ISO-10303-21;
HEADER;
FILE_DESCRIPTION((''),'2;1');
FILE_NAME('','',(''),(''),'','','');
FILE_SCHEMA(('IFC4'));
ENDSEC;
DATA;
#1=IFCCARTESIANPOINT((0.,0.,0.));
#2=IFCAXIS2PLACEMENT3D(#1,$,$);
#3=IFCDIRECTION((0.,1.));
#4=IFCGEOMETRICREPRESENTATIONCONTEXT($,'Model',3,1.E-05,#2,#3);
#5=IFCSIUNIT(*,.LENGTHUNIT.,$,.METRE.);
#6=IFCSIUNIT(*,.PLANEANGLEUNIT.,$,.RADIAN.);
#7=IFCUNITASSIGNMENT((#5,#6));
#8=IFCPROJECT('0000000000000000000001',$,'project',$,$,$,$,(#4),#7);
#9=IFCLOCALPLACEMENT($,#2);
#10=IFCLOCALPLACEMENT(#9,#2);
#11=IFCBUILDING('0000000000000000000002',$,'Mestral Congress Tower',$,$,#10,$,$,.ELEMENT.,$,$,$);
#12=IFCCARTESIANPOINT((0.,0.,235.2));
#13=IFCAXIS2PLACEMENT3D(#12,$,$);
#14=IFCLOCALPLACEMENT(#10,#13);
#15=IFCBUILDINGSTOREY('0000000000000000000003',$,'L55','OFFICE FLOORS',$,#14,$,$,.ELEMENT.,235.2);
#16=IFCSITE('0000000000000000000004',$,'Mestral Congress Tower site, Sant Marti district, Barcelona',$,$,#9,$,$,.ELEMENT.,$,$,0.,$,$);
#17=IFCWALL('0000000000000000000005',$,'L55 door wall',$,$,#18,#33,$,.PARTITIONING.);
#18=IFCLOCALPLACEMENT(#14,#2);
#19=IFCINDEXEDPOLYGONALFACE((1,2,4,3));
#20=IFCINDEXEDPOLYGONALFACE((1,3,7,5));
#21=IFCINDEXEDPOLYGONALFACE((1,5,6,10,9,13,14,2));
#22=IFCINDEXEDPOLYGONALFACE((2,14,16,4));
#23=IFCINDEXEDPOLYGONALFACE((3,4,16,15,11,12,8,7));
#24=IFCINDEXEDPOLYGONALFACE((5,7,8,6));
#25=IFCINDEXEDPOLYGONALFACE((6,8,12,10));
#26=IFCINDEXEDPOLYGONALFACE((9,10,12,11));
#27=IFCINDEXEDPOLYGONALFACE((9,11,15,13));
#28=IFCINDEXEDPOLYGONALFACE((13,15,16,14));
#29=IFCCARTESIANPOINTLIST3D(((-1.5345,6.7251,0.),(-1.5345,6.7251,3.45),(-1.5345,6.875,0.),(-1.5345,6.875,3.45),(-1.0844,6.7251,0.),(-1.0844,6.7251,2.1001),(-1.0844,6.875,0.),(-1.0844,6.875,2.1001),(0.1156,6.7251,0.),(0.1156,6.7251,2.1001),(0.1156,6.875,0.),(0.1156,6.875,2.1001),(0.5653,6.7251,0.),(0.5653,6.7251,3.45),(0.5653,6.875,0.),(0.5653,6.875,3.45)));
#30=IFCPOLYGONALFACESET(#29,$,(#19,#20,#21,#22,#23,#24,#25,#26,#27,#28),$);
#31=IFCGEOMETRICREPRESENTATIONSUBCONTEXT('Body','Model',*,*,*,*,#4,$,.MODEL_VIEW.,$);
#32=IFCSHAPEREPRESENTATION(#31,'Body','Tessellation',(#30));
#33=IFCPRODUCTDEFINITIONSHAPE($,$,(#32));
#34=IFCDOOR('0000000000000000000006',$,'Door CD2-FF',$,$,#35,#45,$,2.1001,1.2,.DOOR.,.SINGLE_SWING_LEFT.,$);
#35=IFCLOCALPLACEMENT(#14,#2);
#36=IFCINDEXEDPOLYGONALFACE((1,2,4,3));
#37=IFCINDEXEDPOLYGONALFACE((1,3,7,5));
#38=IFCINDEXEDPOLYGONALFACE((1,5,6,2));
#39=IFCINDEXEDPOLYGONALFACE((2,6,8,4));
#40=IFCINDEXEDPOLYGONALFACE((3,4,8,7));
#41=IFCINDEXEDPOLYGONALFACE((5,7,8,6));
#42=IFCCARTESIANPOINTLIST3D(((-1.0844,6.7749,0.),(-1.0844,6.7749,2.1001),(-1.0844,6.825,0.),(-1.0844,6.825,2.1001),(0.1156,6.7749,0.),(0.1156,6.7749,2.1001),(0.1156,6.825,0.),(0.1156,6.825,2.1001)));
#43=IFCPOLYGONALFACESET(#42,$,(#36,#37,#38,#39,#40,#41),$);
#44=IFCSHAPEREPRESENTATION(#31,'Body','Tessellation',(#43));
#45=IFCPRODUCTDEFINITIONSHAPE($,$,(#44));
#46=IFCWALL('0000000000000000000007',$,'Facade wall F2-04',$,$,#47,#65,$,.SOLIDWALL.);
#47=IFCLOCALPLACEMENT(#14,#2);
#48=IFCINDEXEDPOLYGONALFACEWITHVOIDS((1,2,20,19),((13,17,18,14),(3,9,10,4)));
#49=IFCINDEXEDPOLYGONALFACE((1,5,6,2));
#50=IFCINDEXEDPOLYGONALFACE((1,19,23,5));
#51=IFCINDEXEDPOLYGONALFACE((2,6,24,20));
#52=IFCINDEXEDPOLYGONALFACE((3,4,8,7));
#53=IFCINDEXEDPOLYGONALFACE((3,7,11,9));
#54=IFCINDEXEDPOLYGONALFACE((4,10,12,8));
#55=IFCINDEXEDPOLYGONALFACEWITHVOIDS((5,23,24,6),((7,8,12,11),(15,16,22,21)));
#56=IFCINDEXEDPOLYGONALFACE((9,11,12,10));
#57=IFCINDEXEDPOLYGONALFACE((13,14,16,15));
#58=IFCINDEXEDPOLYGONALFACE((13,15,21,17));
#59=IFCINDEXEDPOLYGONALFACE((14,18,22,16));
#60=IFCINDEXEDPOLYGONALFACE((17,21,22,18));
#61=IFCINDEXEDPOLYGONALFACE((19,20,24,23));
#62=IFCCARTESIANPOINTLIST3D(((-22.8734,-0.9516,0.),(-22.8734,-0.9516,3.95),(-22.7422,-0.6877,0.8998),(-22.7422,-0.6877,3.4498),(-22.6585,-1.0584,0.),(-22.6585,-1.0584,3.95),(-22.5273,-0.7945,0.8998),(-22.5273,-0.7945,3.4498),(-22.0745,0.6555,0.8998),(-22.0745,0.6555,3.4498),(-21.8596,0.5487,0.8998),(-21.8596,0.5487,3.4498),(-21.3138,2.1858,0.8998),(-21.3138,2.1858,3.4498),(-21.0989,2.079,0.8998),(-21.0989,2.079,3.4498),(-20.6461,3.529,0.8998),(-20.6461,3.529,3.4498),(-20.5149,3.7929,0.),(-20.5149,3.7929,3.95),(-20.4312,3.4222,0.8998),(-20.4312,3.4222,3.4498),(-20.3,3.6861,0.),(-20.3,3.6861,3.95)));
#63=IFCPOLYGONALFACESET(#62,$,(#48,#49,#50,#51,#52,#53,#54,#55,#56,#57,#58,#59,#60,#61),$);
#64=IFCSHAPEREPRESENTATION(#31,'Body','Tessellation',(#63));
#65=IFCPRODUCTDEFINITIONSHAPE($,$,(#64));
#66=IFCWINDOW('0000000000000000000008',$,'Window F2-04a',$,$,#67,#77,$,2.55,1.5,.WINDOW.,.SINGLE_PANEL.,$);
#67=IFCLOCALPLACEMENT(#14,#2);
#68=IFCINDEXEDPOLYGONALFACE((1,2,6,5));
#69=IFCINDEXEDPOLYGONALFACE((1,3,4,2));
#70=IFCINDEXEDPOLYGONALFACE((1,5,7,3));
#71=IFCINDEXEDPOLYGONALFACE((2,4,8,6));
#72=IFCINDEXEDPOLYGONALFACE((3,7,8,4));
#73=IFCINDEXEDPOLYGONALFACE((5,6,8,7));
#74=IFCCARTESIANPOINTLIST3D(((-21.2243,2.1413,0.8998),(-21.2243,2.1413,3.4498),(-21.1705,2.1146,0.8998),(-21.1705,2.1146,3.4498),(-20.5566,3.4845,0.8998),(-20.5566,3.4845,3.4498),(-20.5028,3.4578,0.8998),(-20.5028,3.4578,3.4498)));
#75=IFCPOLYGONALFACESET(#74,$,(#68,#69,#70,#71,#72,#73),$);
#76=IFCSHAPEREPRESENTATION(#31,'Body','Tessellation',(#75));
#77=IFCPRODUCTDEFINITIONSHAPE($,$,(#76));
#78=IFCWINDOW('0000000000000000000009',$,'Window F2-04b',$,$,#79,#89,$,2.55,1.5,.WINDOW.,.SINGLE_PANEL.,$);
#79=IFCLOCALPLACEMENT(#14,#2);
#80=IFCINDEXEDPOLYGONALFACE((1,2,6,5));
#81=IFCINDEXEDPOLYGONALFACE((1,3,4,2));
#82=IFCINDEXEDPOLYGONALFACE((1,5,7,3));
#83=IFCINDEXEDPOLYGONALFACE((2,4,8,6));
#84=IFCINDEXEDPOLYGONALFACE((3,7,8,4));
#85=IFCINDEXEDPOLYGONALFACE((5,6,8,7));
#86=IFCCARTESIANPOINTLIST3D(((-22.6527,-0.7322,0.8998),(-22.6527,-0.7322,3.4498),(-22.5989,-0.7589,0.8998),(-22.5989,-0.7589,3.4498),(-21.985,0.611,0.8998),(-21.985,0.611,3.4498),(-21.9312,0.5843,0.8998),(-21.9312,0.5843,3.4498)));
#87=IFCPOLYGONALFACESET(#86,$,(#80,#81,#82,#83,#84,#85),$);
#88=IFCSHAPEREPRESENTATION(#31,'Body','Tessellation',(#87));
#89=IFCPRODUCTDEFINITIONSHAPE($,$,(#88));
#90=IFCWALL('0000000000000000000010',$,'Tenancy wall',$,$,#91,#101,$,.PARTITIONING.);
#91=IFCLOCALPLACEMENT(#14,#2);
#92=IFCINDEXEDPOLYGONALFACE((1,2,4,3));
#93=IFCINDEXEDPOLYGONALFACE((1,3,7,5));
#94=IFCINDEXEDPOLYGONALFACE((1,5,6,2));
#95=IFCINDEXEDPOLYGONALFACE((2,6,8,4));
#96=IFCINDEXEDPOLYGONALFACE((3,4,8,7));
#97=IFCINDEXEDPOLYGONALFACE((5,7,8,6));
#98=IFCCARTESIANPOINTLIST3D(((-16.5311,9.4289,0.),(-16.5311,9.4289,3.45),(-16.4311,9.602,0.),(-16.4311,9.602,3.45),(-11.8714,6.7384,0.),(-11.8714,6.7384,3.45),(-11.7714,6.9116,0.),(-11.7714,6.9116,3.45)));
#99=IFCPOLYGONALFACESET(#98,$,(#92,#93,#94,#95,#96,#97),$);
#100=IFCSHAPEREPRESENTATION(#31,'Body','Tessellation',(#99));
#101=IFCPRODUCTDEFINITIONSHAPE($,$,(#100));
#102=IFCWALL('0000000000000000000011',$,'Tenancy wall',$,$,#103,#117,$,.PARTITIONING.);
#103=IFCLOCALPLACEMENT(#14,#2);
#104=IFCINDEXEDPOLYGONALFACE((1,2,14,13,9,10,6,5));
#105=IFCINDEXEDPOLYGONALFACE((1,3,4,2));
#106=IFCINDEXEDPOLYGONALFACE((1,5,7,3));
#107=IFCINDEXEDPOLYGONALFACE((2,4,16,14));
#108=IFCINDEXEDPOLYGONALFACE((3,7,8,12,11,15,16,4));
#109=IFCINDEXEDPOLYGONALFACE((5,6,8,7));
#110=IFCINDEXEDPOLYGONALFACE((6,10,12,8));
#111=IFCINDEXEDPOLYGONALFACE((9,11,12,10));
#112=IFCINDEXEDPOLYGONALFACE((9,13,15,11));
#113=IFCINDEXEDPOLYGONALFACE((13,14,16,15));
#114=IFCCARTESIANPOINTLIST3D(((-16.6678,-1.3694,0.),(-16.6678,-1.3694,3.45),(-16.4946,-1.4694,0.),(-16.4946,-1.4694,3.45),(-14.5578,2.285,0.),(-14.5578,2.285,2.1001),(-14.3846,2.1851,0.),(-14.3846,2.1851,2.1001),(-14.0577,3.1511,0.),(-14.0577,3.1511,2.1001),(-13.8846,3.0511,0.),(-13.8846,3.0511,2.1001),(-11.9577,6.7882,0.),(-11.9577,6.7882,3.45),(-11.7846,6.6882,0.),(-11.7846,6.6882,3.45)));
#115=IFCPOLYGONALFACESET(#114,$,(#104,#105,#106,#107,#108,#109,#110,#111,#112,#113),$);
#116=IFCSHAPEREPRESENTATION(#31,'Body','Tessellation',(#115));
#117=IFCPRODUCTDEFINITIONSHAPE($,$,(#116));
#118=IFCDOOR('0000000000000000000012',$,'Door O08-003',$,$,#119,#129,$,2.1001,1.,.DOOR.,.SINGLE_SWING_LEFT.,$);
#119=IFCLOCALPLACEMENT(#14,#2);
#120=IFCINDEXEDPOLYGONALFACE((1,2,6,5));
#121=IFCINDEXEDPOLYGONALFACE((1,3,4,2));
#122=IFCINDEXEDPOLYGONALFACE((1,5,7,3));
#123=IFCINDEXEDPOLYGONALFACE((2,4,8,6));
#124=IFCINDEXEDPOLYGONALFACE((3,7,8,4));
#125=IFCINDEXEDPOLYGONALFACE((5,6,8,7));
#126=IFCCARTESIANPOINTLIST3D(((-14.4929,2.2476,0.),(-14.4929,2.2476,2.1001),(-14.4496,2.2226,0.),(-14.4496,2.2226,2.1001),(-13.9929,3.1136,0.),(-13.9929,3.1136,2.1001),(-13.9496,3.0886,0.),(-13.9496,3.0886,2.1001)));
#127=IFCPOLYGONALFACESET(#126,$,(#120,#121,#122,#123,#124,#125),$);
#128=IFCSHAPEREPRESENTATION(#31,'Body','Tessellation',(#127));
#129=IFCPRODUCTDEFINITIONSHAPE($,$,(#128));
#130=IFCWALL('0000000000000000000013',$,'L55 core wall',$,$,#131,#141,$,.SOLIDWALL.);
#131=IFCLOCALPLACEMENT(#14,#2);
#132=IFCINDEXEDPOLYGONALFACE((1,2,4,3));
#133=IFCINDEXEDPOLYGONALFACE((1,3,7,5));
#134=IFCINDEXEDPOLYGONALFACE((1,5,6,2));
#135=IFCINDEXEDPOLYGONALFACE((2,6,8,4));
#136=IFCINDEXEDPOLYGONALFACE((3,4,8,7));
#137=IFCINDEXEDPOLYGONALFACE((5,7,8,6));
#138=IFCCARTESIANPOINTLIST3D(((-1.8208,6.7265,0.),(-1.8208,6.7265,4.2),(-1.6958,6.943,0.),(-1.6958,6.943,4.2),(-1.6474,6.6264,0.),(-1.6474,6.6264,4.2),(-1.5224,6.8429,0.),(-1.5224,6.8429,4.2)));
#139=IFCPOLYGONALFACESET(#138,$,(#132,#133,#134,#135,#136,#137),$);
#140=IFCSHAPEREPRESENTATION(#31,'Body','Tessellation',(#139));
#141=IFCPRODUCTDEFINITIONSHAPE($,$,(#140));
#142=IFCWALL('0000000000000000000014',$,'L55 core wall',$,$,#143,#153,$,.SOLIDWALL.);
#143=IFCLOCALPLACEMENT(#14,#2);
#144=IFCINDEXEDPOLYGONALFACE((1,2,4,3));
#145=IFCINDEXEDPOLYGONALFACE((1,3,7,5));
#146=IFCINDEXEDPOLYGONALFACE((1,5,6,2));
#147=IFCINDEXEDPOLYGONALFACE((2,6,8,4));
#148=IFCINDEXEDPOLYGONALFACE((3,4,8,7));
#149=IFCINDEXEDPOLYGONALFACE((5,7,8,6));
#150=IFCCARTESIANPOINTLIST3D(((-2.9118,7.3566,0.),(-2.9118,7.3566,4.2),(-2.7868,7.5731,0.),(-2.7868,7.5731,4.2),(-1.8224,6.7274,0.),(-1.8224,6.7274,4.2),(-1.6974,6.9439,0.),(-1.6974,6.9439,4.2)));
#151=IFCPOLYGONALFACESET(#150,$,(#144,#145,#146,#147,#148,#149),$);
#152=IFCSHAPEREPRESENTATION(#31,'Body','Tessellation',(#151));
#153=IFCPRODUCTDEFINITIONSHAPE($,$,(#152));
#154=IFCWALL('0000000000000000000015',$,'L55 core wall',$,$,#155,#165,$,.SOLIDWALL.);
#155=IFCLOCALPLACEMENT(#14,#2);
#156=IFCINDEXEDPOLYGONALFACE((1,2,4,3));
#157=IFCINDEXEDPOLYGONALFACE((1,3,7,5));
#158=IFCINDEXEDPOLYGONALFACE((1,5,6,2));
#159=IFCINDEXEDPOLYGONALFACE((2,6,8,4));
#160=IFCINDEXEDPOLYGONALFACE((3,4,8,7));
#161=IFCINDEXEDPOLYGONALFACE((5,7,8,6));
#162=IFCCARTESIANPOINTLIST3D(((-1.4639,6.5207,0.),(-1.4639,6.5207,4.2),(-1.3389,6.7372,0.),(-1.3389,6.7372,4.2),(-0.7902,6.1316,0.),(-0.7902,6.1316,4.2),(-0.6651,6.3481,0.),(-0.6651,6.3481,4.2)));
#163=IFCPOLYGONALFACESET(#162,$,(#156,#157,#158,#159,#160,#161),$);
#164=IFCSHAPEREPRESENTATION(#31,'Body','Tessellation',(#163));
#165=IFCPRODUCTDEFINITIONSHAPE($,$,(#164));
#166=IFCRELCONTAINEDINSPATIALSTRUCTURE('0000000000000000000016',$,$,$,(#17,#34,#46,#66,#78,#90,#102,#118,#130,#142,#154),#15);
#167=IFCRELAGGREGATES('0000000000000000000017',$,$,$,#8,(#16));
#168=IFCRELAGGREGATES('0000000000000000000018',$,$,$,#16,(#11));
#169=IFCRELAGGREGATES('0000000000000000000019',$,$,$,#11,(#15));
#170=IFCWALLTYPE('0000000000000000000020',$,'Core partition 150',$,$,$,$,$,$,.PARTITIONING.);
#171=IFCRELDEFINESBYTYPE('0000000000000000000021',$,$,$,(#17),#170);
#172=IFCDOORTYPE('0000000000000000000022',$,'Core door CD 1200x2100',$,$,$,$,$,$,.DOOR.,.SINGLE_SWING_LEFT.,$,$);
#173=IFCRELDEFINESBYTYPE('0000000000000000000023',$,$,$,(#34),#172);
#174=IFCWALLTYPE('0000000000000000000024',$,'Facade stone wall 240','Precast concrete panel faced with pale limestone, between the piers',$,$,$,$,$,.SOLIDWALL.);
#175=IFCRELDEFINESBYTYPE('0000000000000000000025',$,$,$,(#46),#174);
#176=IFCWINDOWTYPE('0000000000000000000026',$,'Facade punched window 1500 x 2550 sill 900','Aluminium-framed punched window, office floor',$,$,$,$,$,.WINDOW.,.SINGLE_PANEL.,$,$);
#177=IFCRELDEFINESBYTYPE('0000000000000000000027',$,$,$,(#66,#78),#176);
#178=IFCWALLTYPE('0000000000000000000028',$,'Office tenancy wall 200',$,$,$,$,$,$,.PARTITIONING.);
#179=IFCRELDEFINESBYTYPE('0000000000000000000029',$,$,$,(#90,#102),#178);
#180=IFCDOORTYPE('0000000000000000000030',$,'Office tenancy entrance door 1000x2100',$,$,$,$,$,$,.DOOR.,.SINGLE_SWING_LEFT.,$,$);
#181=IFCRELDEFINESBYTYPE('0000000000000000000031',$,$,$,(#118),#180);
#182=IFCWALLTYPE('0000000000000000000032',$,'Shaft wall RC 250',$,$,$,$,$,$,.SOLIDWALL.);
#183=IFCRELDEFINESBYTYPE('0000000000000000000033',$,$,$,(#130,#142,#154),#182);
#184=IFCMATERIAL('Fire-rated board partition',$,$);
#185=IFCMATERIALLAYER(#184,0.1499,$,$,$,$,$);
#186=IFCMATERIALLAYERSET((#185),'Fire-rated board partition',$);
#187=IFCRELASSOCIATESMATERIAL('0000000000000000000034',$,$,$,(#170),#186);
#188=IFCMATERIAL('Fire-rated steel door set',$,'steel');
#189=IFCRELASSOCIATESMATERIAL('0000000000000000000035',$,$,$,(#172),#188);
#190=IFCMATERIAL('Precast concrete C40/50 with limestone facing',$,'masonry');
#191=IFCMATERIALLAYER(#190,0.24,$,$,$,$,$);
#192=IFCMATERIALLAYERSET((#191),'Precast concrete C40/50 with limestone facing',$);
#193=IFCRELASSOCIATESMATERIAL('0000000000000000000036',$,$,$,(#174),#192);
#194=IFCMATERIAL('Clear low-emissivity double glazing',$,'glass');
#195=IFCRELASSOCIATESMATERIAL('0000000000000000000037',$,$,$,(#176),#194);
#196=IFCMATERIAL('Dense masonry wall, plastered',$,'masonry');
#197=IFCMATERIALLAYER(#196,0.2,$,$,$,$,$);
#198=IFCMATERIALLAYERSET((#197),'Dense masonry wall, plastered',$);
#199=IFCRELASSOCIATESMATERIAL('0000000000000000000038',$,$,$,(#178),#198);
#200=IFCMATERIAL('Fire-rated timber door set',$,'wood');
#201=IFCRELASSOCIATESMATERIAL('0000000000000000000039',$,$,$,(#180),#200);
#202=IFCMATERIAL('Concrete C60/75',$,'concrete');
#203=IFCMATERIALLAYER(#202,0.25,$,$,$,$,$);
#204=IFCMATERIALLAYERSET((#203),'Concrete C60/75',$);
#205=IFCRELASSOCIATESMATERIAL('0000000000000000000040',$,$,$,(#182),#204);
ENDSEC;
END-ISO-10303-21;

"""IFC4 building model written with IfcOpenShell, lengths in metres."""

from ifc_helpers import new_model, si_unit, direction, frame, frame_2d, origin, place, context, subcontext, project, spatial, rectangle, extrude, material, layer, layer_set, type_object, element, fill, save


model = new_model("IFC4")

# Units and contexts
model_context = context("Model", 3, precision=1e-05, world=origin(), true_north=direction((0.0, 1.0)))
body_context = subcontext(model_context, "Body", "Model", "MODEL_VIEW")
ifc_project = project(units=[si_unit("LENGTHUNIT", "METRE"), si_unit("PLANEANGLEUNIT", "RADIAN")], contexts=[model_context])

# Site, building, storey
site_placement = place(None, origin())
site = spatial("IfcSite", under=ifc_project, at=site_placement, Name="Mestral Congress Tower site, Sant Marti district, Barcelona", CompositionType="ELEMENT", RefElevation=0.0)
building_placement = place(site_placement, origin())
building = spatial("IfcBuilding", under=site, at=building_placement, Name="Mestral Congress Tower", CompositionType="ELEMENT")
storey_placement = place(building_placement, frame((0.0, 0.0, 235.2)))
storey = spatial("IfcBuildingStorey", under=building, at=storey_placement, Name="L55", Description="OFFICE FLOORS", CompositionType="ELEMENT", Elevation=235.2)

# Shared definitions
ifc_material_1 = material(Name="Concrete C60/75", Category="concrete")

# Shared definitions
ifc_material_2 = material(Name="Fire-rated board partition")
ifc_layer_1 = layer(ifc_material_2, 0.1499)
ifc_layer_set_1 = layer_set([ifc_layer_1], Name="Fire-rated board partition")
wall_type_1 = type_object("IfcWallType", Name="Core partition 150", PredefinedType="PARTITIONING", material=ifc_layer_set_1)

# Wall, opening, door
ifc_material_3 = material(Name="Fire-rated steel door set", Category="steel")
wall_1_placement = place(storey_placement, frame((-1.5344, 6.8, 0.0), z_axis=(0.0, 0.0, 1.0), x_axis=(1.0, 0.0, 0.0)))
wall_1 = element("IfcWall", 1, at=wall_1_placement, inside=storey, type_object=wall_type_1, Name="L55 door wall", PredefinedType="PARTITIONING", context=body_context, shape_type="SweptSolid", body=[
    extrude(rectangle(XDim=2.0999, YDim=0.1499, at=frame_2d((1.0498, 0.0))), origin(), (0.0, 0.0, 1.0), 3.45),
])
opening_1_placement = place(wall_1_placement, frame((0.45, 0.0, 0.0)))
opening_1 = element("IfcOpeningElement", 2, at=opening_1_placement, cuts=wall_1, PredefinedType="OPENING", context=body_context, shape_type="SweptSolid", body=[
    extrude(rectangle(XDim=1.2, YDim=2.1001, at=frame_2d((0.6001, 1.05))), frame((0.0, 0.085, 0.0), z_axis=(0.0, -1.0, 0.0), x_axis=(1.0, 0.0, 0.0)), (0.0, 0.0, 1.0), 0.1699),
])
door_type_1 = type_object("IfcDoorType", Name="Core door CD 1200x2100", OperationType="SINGLE_SWING_LEFT", PredefinedType="DOOR", material=ifc_material_3)
door_1_placement = place(opening_1_placement, origin())
door_1 = element("IfcDoor", 3, at=door_1_placement, inside=storey, type_object=door_type_1, Name="Door CD2-FF", OperationType="SINGLE_SWING_LEFT", OverallHeight=2.1001, OverallWidth=1.2, PredefinedType="DOOR", context=body_context, shape_type="SweptSolid", body=[
    extrude(rectangle(XDim=1.2, YDim=2.1001, at=frame_2d((0.6001, 1.05))), frame((0.0, 0.0249, 0.0), z_axis=(0.0, -1.0, 0.0), x_axis=(1.0, 0.0, 0.0)), (0.0, 0.0, 1.0), 0.05),
])
fill(opening_1, door_1)

# Wall, openings, windows
ifc_material_4 = material(Name="Precast concrete C40/50 with limestone facing", Category="masonry")
ifc_layer_2 = layer(ifc_material_4, 0.24)
ifc_layer_set_2 = layer_set([ifc_layer_2], Name="Precast concrete C40/50 with limestone facing")
wall_type_2 = type_object("IfcWallType", Name="Facade stone wall 240", Description="Precast concrete panel faced with pale limestone, between the piers", PredefinedType="SOLIDWALL", material=ifc_layer_set_2)
wall_2_placement = place(storey_placement, frame((-20.4075, 3.7395, 0.0), z_axis=(0.0, 0.0, 1.0), x_axis=(-0.44513, -0.895466, 0.0)))
wall_2 = element("IfcWall", 4, at=wall_2_placement, inside=storey, type_object=wall_type_2, Name="Facade wall F2-04", PredefinedType="SOLIDWALL", context=body_context, shape_type="SweptSolid", body=[
    extrude(rectangle(XDim=5.2983, YDim=0.24, at=frame_2d((2.6492, 0.0))), origin(), (0.0, 0.0, 1.0), 3.95),
])
opening_2_placement = place(wall_2_placement, frame((0.2947, 0.0, 0.8999)))
opening_2 = element("IfcOpeningElement", 5, at=opening_2_placement, cuts=wall_2, PredefinedType="OPENING", context=body_context, shape_type="SweptSolid", body=[
    extrude(rectangle(XDim=1.5, YDim=2.55, at=frame_2d((0.75, 1.2749))), frame((0.0, 0.1299, 0.0), z_axis=(0.0, -1.0, 0.0), x_axis=(1.0, 0.0, 0.0)), (0.0, 0.0, 1.0), 0.26),
])
opening_3_placement = place(wall_2_placement, frame((3.5037, 0.0, 0.8999)))
opening_3 = element("IfcOpeningElement", 6, at=opening_3_placement, cuts=wall_2, PredefinedType="OPENING", context=body_context, shape_type="SweptSolid", body=[
    extrude(rectangle(XDim=1.5, YDim=2.55, at=frame_2d((0.75, 1.2749))), frame((0.0, 0.1299, 0.0), z_axis=(0.0, -1.0, 0.0), x_axis=(1.0, 0.0, 0.0)), (0.0, 0.0, 1.0), 0.26),
])
ifc_material_5 = material(Name="Clear low-emissivity double glazing", Category="glass")
window_type = type_object("IfcWindowType", Name="Facade punched window 1500 x 2550 sill 900", Description="Aluminium-framed punched window, office floor", PartitioningType="SINGLE_PANEL", PredefinedType="WINDOW", material=ifc_material_5)
window_1_placement = place(opening_2_placement, origin())
window_1 = element("IfcWindow", 7, at=window_1_placement, inside=storey, type_object=window_type, Name="Window F2-04a", OverallHeight=2.55, OverallWidth=1.5, PartitioningType="SINGLE_PANEL", PredefinedType="WINDOW", context=body_context, shape_type="SweptSolid", body=[
    extrude(rectangle(XDim=1.5, YDim=2.55, at=frame_2d((0.75, 1.2749))), frame((0.0, 0.04, 0.0), z_axis=(0.0, -1.0, 0.0), x_axis=(1.0, 0.0, 0.0)), (0.0, 0.0, 1.0), 0.0601),
])
fill(opening_2, window_1)
window_2_placement = place(opening_3_placement, origin())
window_2 = element("IfcWindow", 8, at=window_2_placement, inside=storey, type_object=window_type, Name="Window F2-04b", OverallHeight=2.55, OverallWidth=1.5, PartitioningType="SINGLE_PANEL", PredefinedType="WINDOW", context=body_context, shape_type="SweptSolid", body=[
    extrude(rectangle(XDim=1.5, YDim=2.55, at=frame_2d((0.75, 1.2749))), frame((0.0, 0.04, 0.0), z_axis=(0.0, -1.0, 0.0), x_axis=(1.0, 0.0, 0.0)), (0.0, 0.0, 1.0), 0.0601),
])
fill(opening_3, window_2)

# Wall
ifc_material_6 = material(Name="Dense masonry wall, plastered", Category="masonry")
ifc_layer_3 = layer(ifc_material_6, 0.2)
ifc_layer_set_3 = layer_set([ifc_layer_3], Name="Dense masonry wall, plastered")
wall_type_3 = type_object("IfcWallType", Name="Office tenancy wall 200", PredefinedType="PARTITIONING", material=ifc_layer_set_3)
wall_3_placement = place(storey_placement, frame((-11.8213, 6.825, 0.0), z_axis=(0.0, 0.0, 1.0), x_axis=(-0.866012, 0.500024, 0.0)))
element("IfcWall", 9, at=wall_3_placement, inside=storey, type_object=wall_type_3, Name="Tenancy wall", PredefinedType="PARTITIONING", context=body_context, shape_type="SweptSolid", body=[
    extrude(rectangle(XDim=5.3806, YDim=0.2, at=frame_2d((2.6904, 0.0))), origin(), (0.0, 0.0, 1.0), 3.45),
])

# Wall, opening, door
wall_4_placement = place(storey_placement, frame((-11.8711, 6.7383, 0.0), z_axis=(0.0, 0.0, 1.0), x_axis=(-0.500019, -0.866014, 0.0)))
wall_4 = element("IfcWall", 10, at=wall_4_placement, inside=storey, type_object=wall_type_3, Name="Tenancy wall", PredefinedType="PARTITIONING", context=body_context, shape_type="SweptSolid", body=[
    extrude(rectangle(XDim=9.4197, YDim=0.2, at=frame_2d((4.71, 0.0))), origin(), (0.0, 0.0, 1.0), 3.45),
])
opening_4_placement = place(wall_4_placement, frame((4.2, 0.0, 0.0)))
opening_4 = element("IfcOpeningElement", 11, at=opening_4_placement, cuts=wall_4, PredefinedType="OPENING", context=body_context, shape_type="SweptSolid", body=[
    extrude(rectangle(XDim=1.0, YDim=2.1001, at=frame_2d((0.5, 1.05))), frame((0.0, 0.1099, 0.0), z_axis=(0.0, -1.0, 0.0), x_axis=(1.0, 0.0, 0.0)), (0.0, 0.0, 1.0), 0.22),
])
ifc_material_7 = material(Name="Fire-rated timber door set", Category="wood")
door_type_2 = type_object("IfcDoorType", Name="Office tenancy entrance door 1000x2100", OperationType="SINGLE_SWING_LEFT", PredefinedType="DOOR", material=ifc_material_7)
door_2_placement = place(opening_4_placement, origin())
door_2 = element("IfcDoor", 12, at=door_2_placement, inside=storey, type_object=door_type_2, Name="Door O08-003", OperationType="SINGLE_SWING_LEFT", OverallHeight=2.1001, OverallWidth=1.0, PredefinedType="DOOR", context=body_context, shape_type="SweptSolid", body=[
    extrude(rectangle(XDim=1.0, YDim=2.1001, at=frame_2d((0.5, 1.05))), frame((0.0, 0.0249, 0.0), z_axis=(0.0, -1.0, 0.0), x_axis=(1.0, 0.0, 0.0)), (0.0, 0.0, 1.0), 0.05),
])
fill(opening_4, door_2)

# Walls
ifc_layer_4 = layer(ifc_material_1, 0.25)
ifc_layer_set_4 = layer_set([ifc_layer_4], Name="Concrete C60/75")
wall_type_4 = type_object("IfcWallType", Name="Shaft wall RC 250", PredefinedType="SOLIDWALL", material=ifc_layer_set_4)
wall_5_placement = place(storey_placement, frame((-1.7583, 6.8347, 0.0), z_axis=(0.0, 0.0, 1.0), x_axis=(0.865982, -0.500074, 0.0)))
element("IfcWall", 13, at=wall_5_placement, inside=storey, type_object=wall_type_4, Name="L55 core wall", PredefinedType="SOLIDWALL", context=body_context, shape_type="SweptSolid", body=[
    extrude(rectangle(XDim=0.2002, YDim=0.25, at=frame_2d((0.1001, 0.0))), origin(), (0.0, 0.0, 1.0), 4.2),
])
wall_6_placement = place(storey_placement, frame((-1.76, 6.8357, 0.0), z_axis=(0.0, 0.0, 1.0), x_axis=(-0.865953, 0.500126, 0.0)))
element("IfcWall", 14, at=wall_6_placement, inside=storey, type_object=wall_type_4, Name="L55 core wall", PredefinedType="SOLIDWALL", context=body_context, shape_type="SweptSolid", body=[
    extrude(rectangle(XDim=1.2581, YDim=0.25, at=frame_2d((0.6289, 0.0))), origin(), (0.0, 0.0, 1.0), 4.2),
])
wall_7_placement = place(storey_placement, frame((-0.7275, 6.2397, 0.0), z_axis=(0.0, 0.0, 1.0), x_axis=(-0.865956, 0.500121, 0.0)))
element("IfcWall", 15, at=wall_7_placement, inside=storey, type_object=wall_type_4, Name="L55 core wall", PredefinedType="SOLIDWALL", context=body_context, shape_type="SweptSolid", body=[
    extrude(rectangle(XDim=0.7781, YDim=0.25, at=frame_2d((0.3892, 0.0))), origin(), (0.0, 0.0, 1.0), 4.2),
])

save(model, "model.ifc")
